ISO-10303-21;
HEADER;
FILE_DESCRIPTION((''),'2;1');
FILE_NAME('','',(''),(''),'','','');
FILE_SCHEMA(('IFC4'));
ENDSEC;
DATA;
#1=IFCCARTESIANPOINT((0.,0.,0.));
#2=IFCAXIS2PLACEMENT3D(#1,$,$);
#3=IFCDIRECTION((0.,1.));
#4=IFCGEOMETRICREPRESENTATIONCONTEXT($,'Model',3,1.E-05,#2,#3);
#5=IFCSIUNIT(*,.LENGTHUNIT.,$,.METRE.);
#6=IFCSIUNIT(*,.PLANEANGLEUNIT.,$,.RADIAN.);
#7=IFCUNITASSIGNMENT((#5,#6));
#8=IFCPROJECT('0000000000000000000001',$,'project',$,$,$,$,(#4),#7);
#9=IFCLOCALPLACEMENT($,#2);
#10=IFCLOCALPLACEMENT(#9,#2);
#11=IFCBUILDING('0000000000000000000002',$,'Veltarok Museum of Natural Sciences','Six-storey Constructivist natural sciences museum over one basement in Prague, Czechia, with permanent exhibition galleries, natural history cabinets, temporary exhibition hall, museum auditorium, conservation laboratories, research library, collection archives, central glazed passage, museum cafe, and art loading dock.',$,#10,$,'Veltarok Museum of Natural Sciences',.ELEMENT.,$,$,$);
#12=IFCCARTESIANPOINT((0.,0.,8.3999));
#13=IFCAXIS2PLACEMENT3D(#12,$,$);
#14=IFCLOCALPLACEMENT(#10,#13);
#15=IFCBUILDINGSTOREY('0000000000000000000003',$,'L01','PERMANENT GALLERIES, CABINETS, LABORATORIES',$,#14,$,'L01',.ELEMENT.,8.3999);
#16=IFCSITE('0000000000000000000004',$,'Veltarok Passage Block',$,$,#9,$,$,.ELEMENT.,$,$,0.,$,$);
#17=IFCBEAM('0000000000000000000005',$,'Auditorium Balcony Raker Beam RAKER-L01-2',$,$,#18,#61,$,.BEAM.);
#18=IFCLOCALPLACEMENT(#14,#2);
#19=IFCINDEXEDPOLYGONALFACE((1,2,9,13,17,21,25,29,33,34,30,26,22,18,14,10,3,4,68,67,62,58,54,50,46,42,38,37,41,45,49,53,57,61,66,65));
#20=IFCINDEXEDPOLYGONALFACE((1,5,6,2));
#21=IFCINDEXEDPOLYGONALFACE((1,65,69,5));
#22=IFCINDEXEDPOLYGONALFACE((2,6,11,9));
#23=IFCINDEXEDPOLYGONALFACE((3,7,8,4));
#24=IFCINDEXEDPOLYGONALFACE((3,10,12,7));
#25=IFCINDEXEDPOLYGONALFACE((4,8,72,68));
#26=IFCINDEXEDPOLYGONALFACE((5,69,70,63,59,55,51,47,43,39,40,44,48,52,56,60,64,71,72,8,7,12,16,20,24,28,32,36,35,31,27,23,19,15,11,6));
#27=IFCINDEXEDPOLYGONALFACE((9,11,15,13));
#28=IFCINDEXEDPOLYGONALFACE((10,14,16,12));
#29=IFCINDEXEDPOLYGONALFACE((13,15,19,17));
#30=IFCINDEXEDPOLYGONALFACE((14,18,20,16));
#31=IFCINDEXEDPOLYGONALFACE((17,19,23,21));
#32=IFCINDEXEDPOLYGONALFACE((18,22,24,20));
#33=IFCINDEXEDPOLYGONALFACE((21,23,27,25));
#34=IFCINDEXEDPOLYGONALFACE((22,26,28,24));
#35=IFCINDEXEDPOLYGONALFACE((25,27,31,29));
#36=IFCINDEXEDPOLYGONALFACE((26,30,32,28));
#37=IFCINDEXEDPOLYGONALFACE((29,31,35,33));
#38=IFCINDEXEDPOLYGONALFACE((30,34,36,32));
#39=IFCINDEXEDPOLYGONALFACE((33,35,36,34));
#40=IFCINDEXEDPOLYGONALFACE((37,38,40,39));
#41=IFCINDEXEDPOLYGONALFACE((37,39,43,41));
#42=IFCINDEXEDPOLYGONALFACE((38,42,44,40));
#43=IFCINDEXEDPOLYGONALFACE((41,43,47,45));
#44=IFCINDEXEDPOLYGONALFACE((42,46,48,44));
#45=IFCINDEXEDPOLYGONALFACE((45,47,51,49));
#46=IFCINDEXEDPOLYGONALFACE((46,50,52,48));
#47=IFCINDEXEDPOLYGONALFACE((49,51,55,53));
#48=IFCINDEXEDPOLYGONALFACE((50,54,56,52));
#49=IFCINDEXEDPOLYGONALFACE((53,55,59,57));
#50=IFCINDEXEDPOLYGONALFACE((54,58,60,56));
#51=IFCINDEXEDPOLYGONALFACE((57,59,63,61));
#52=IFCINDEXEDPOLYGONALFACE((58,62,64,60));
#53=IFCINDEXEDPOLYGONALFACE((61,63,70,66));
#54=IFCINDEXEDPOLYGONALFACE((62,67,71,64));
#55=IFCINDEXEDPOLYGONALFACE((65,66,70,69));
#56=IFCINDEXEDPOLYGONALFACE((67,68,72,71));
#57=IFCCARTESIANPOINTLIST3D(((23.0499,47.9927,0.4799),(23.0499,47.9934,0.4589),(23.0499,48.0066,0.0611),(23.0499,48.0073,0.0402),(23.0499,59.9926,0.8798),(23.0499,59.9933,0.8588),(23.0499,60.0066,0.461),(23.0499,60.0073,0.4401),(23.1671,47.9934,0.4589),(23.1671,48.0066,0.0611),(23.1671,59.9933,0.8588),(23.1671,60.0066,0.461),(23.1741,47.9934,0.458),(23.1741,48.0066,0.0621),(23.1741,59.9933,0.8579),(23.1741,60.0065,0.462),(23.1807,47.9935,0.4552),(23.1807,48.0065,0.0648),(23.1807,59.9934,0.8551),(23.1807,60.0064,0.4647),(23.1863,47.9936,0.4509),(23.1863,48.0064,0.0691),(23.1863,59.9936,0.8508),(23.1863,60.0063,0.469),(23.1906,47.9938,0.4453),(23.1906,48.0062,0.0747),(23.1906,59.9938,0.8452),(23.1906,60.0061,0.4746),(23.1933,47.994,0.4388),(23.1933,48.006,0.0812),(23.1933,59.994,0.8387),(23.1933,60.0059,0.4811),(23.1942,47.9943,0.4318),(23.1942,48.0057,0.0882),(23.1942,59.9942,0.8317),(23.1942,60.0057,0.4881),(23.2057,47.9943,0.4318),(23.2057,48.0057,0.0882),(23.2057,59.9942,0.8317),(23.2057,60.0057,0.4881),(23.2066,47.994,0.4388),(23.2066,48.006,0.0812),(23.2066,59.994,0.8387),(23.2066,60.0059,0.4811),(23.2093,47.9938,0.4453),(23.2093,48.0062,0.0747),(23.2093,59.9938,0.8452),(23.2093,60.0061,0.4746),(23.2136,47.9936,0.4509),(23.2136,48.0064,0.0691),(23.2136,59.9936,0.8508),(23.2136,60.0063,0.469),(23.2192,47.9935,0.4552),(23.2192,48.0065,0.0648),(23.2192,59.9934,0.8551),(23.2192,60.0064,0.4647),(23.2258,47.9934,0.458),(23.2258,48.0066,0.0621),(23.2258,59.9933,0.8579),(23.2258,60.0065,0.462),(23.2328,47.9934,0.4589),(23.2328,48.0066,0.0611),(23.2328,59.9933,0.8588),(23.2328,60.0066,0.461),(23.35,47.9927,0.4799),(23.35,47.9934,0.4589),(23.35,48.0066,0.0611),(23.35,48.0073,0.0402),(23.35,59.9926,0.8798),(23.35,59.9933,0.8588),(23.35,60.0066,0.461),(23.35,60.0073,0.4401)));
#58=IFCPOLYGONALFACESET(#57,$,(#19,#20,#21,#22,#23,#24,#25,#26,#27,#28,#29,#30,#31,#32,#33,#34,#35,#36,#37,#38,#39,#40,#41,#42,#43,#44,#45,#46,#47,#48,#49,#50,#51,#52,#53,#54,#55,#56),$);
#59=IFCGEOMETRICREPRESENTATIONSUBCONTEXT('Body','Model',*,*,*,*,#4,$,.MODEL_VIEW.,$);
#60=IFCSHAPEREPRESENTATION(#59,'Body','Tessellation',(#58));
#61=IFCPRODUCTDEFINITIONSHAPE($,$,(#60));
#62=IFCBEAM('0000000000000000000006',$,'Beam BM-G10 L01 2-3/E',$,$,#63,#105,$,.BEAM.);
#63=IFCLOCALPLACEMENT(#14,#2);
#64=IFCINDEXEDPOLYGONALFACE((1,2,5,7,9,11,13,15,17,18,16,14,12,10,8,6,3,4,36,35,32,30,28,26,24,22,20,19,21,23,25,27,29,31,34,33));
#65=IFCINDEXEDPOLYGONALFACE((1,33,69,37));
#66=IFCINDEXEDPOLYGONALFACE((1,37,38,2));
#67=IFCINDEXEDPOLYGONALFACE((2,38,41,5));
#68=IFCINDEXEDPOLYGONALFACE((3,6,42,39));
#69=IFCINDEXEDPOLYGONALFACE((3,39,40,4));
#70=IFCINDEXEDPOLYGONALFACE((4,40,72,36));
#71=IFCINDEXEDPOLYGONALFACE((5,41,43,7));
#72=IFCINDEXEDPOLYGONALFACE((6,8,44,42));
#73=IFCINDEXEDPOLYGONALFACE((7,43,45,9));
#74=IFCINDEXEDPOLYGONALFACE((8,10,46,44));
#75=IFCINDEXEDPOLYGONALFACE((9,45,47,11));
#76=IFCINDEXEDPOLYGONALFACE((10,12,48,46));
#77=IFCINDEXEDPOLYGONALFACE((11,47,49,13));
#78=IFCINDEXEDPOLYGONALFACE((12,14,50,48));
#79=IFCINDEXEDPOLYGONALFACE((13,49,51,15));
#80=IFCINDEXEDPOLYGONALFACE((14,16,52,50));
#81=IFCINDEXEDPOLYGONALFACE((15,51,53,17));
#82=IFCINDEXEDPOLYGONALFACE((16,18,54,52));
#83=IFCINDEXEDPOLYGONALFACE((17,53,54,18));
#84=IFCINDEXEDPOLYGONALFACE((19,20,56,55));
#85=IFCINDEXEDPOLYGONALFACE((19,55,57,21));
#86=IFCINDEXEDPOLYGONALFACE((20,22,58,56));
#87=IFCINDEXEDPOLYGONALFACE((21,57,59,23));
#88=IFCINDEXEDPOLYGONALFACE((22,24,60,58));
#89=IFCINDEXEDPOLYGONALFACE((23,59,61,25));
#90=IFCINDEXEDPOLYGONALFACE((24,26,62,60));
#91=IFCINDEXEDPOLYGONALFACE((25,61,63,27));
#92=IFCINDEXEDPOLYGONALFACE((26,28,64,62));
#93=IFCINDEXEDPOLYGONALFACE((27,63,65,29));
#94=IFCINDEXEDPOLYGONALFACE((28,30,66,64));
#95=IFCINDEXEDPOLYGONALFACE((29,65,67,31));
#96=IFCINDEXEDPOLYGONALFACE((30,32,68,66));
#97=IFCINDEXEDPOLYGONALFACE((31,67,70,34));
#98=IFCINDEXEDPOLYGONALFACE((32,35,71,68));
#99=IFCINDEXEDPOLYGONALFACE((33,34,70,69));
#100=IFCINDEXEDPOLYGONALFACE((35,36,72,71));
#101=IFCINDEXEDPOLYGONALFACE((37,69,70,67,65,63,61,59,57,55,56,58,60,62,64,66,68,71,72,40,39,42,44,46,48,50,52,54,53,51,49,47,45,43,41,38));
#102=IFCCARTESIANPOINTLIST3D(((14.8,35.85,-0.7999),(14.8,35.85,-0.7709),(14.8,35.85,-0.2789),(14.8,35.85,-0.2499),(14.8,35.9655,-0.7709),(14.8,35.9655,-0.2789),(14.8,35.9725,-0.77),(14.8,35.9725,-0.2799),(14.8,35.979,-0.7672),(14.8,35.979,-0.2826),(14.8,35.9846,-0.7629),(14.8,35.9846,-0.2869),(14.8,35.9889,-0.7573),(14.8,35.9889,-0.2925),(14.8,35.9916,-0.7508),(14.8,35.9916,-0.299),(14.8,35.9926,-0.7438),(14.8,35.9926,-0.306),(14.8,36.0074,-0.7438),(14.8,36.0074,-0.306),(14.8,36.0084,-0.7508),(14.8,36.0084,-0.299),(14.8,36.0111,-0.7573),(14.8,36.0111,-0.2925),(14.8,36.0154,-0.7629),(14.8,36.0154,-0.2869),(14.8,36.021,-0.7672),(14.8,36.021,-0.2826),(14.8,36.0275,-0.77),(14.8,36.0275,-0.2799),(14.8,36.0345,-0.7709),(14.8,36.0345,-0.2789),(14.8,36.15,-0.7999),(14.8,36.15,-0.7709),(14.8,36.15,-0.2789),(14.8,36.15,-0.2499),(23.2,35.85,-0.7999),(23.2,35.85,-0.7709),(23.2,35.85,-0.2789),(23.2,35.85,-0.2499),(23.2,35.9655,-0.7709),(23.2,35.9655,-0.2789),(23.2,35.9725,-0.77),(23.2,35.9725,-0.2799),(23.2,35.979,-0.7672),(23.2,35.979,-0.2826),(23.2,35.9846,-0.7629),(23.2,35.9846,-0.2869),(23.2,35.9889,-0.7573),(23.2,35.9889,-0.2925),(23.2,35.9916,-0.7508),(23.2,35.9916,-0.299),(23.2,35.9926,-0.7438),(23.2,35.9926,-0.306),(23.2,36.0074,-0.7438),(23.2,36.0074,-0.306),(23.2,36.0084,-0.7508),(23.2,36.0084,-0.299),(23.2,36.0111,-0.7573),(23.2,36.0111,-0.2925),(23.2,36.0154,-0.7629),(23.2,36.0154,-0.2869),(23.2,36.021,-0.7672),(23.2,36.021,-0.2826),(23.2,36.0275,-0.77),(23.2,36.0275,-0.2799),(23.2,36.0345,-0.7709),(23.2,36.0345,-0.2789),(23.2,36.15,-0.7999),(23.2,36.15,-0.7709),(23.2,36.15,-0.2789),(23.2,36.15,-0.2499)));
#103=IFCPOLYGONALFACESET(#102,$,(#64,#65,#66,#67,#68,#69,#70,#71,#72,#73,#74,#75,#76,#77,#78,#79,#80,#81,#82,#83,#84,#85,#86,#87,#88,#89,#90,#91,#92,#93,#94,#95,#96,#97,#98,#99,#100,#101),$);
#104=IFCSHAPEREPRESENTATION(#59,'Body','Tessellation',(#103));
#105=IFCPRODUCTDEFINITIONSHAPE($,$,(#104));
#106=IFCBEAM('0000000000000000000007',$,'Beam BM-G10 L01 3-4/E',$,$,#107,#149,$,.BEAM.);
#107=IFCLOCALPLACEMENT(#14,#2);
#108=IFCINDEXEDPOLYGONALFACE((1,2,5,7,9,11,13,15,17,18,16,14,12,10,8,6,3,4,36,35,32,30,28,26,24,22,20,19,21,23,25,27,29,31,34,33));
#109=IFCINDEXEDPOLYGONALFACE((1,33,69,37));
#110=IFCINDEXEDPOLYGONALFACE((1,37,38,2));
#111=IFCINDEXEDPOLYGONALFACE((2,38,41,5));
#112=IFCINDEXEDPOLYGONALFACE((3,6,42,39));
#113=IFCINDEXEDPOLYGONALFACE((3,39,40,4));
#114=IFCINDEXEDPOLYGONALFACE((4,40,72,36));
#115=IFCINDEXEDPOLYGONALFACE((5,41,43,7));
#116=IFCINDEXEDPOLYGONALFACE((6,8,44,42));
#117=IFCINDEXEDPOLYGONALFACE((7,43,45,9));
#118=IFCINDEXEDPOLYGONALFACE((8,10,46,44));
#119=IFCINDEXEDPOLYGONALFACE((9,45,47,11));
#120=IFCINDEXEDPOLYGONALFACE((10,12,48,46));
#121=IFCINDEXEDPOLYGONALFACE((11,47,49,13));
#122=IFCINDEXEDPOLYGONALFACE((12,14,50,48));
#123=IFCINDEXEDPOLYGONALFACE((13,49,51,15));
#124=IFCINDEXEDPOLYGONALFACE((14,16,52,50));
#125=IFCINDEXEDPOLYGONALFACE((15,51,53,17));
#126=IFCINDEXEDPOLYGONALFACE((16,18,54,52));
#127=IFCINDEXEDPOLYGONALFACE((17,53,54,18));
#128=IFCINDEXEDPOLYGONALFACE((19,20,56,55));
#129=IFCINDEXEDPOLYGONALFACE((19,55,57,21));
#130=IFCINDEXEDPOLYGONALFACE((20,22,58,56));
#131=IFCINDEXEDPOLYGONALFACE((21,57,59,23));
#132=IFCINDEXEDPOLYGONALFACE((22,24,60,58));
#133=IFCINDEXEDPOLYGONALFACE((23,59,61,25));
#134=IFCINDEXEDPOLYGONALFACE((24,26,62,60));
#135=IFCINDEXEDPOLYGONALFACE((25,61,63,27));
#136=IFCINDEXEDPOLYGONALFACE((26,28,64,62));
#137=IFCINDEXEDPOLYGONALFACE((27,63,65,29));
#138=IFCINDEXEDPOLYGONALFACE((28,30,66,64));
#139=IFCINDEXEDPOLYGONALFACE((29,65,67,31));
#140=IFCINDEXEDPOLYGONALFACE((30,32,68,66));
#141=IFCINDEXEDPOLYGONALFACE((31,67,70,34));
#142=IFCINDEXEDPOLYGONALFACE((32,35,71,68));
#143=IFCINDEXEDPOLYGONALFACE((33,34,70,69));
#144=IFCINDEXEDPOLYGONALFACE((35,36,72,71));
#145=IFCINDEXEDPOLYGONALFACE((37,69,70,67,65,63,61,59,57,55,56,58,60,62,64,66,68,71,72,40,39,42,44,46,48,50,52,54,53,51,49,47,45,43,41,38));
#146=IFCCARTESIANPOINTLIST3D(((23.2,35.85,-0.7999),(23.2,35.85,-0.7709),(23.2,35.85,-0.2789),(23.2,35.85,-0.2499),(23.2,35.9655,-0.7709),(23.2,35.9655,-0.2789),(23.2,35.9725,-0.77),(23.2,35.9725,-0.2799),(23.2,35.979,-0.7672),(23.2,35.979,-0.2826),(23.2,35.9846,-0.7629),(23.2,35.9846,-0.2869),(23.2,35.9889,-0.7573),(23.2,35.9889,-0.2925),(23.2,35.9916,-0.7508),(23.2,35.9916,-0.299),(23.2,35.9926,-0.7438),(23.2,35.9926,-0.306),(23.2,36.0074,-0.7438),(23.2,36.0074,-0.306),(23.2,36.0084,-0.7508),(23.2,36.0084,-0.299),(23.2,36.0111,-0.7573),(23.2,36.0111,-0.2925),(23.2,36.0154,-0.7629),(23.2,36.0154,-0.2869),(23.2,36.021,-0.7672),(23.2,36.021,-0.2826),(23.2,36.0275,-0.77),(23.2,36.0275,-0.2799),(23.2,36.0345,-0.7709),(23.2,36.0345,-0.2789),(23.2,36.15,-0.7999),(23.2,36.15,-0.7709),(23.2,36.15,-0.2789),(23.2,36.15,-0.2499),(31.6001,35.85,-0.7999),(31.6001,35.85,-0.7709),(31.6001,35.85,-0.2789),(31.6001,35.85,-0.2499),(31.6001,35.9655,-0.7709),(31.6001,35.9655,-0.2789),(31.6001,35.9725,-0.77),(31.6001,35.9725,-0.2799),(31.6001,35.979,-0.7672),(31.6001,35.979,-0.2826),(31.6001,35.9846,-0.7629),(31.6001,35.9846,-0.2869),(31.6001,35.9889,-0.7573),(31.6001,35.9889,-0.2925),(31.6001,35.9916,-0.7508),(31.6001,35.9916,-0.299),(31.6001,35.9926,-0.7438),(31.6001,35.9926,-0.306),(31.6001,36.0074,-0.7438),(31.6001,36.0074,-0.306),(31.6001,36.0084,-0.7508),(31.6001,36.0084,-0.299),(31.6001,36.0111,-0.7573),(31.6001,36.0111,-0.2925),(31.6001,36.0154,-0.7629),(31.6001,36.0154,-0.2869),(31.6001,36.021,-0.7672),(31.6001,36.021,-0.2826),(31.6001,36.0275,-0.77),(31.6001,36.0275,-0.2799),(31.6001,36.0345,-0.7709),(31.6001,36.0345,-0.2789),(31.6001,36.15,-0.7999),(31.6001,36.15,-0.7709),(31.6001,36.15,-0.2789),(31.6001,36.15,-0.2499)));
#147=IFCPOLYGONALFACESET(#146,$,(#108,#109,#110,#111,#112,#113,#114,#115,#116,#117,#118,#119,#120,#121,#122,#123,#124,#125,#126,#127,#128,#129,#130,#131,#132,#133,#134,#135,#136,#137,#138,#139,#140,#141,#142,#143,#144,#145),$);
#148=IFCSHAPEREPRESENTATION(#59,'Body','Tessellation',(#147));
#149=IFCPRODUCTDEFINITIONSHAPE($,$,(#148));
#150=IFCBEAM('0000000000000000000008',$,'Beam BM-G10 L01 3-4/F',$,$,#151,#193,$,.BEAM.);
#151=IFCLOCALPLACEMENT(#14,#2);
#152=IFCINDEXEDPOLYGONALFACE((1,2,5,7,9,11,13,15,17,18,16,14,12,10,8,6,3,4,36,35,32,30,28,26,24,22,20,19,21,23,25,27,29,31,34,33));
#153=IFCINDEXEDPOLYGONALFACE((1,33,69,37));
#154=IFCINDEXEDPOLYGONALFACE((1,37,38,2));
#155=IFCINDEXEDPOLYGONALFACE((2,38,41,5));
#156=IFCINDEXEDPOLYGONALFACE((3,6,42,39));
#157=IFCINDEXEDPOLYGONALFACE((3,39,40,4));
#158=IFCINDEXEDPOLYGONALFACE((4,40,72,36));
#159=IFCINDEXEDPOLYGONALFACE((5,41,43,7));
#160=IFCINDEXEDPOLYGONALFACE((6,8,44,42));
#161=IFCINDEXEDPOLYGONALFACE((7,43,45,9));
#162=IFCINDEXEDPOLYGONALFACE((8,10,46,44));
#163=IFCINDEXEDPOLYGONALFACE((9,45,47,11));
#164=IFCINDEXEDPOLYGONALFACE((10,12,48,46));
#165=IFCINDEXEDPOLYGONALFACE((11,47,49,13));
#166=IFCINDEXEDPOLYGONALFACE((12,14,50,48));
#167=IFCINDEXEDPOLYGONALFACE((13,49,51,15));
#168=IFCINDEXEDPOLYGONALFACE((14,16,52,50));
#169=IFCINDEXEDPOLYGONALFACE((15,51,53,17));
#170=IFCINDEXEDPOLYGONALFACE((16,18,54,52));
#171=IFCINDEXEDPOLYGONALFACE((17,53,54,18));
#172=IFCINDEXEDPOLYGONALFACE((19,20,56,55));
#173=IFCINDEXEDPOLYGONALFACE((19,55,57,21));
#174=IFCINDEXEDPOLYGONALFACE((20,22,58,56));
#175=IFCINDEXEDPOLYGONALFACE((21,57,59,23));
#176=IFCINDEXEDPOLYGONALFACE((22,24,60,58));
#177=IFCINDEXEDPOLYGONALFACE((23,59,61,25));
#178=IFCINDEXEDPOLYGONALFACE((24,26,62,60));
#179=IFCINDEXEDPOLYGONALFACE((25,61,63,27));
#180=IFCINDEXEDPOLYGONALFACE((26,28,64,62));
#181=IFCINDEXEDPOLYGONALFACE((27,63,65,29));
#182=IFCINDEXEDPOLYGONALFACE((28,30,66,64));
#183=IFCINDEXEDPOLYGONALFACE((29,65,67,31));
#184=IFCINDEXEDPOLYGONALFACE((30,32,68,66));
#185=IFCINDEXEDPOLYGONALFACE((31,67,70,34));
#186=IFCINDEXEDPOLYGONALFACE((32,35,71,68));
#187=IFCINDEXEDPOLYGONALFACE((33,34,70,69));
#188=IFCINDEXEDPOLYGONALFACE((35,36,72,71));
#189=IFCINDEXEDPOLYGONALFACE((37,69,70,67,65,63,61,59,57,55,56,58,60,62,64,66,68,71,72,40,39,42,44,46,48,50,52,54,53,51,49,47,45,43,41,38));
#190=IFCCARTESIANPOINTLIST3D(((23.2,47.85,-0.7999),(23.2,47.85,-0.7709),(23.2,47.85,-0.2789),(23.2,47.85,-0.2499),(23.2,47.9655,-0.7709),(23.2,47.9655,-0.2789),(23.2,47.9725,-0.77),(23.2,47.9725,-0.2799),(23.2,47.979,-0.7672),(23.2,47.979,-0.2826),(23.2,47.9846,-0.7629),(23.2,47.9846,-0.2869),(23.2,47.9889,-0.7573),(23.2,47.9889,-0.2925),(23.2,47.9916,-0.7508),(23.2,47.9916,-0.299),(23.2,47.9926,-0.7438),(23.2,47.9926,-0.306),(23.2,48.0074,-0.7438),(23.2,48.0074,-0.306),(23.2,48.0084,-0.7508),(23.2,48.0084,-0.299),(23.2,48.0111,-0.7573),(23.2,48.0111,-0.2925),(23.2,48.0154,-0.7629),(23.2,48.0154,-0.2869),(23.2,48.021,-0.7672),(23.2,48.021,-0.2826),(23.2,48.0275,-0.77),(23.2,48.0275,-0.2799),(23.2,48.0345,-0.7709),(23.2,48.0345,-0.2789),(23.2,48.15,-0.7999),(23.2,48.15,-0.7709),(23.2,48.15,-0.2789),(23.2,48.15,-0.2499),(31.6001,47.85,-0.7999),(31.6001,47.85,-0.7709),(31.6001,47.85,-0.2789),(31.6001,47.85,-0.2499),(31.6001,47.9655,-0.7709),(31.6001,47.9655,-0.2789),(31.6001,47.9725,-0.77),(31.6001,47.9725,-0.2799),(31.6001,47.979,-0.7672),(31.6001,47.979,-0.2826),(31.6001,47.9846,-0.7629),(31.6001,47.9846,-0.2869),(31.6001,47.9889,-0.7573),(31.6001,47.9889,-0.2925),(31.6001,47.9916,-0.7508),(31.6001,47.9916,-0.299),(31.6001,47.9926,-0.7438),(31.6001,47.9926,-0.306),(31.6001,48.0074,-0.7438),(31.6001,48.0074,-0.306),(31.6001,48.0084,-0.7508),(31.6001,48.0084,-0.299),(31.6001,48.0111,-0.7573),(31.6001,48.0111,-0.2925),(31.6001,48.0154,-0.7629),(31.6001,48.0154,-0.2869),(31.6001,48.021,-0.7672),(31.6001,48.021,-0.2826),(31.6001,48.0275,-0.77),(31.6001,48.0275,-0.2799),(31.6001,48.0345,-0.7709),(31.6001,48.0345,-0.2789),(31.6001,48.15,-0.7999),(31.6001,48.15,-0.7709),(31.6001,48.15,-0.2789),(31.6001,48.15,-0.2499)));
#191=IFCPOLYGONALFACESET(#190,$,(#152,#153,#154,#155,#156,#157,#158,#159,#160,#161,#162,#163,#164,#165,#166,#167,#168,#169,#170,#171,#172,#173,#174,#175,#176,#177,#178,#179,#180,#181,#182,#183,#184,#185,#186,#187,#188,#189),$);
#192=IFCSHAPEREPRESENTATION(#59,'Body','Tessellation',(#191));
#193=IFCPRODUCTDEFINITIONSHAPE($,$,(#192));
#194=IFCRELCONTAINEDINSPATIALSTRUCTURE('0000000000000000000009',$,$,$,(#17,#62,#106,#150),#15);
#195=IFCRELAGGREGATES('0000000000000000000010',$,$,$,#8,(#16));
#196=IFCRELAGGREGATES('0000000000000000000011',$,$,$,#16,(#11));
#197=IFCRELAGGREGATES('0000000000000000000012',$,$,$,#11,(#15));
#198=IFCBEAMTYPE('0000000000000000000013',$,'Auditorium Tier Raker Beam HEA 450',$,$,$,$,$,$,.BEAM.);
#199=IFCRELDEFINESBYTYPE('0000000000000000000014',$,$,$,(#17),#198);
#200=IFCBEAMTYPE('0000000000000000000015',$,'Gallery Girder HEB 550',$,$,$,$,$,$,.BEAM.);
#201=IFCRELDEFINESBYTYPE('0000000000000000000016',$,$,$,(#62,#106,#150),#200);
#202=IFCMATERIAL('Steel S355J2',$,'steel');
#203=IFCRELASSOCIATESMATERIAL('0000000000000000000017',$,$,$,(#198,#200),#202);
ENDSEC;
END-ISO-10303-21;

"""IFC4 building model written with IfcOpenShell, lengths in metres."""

from ifc_helpers import new_model, si_unit, direction, frame, origin, origin_2d, place, context, subcontext, project, spatial, i_section, extrude, material, material_profile, profile_set, type_object, element, save


model = new_model("IFC4")

# Units and contexts
model_context = context("Model", 3, precision=1e-05, world=origin(), true_north=direction((0.0, 1.0)))
body_context = subcontext(model_context, "Body", "Model", "MODEL_VIEW")
ifc_project = project(units=[si_unit("LENGTHUNIT", "METRE"), si_unit("PLANEANGLEUNIT", "RADIAN")], contexts=[model_context])

# Site, building, storey
site_placement = place(None, origin())
site = spatial("IfcSite", under=ifc_project, at=site_placement, Name="Veltarok Passage Block", CompositionType="ELEMENT", RefElevation=0.0)
building_placement = place(site_placement, origin())
building = spatial("IfcBuilding", under=site, at=building_placement, Name="Veltarok Museum of Natural Sciences", Description="Six-storey Constructivist natural sciences museum over one basement in Prague, Czechia, with permanent exhibition galleries, natural history cabinets, temporary exhibition hall, museum auditorium, conservation laboratories, research library, collection archives, central glazed passage, museum cafe, and art loading dock.", LongName="Veltarok Museum of Natural Sciences", CompositionType="ELEMENT")
storey_placement = place(building_placement, frame((0.0, 0.0, 8.3999)))
storey = spatial("IfcBuildingStorey", under=building, at=storey_placement, Name="L01", Description="PERMANENT GALLERIES, CABINETS, LABORATORIES", LongName="L01", CompositionType="ELEMENT", Elevation=8.3999)

# Shared definitions
ifc_material_1 = material(Name="Steel S355J2", Category="steel")

# Beams
ifc_material_profile_1 = material_profile(ifc_material_1, i_section(OverallWidth=0.3, OverallDepth=0.4399, WebThickness=0.0115, FlangeThickness=0.021, FilletRadius=0.0271, at=origin_2d()), Name="HEA 450")
ifc_profile_set_1 = profile_set([ifc_material_profile_1], Name="Steel S355J2")
beam_type_1 = type_object("IfcBeamType", Name="Auditorium Tier Raker Beam HEA 450", PredefinedType="BEAM", material=ifc_profile_set_1)
for number, where, z_axis, x_axis, name in (
    (1, (23.2, 48.0, 0.26), (0.0, 0.999445, 0.033307), (-1.0, 0.0, 0.0), "Auditorium Balcony Raker Beam RAKER-L01-2"),
):
    element("IfcBeam", number, at=place(storey_placement, frame(where, z_axis=z_axis, x_axis=x_axis)), inside=storey, type_object=beam_type_1, Name=name, PredefinedType="BEAM", context=body_context, shape_type="SweptSolid", body=[
        extrude(i_section(OverallWidth=0.3, OverallDepth=0.4399, WebThickness=0.0115, FlangeThickness=0.021, FilletRadius=0.0271, at=origin_2d()), origin(), (0.0, 0.0, 1.0), 12.0066),
    ])
ifc_material_profile_2 = material_profile(ifc_material_1, i_section(OverallWidth=0.3, OverallDepth=0.55, WebThickness=0.0149, FlangeThickness=0.0291, FilletRadius=0.0271, at=origin_2d()), Name="HEB 550")
ifc_profile_set_2 = profile_set([ifc_material_profile_2], Name="Steel S355J2")
beam_type_2 = type_object("IfcBeamType", Name="Gallery Girder HEB 550", PredefinedType="BEAM", material=ifc_profile_set_2)
beam_1_placement = place(storey_placement, frame((14.8, 36.0, -0.5249), z_axis=(1.0, 0.0, 0.0), x_axis=(0.0, 1.0, 0.0)))
element("IfcBeam", 2, at=beam_1_placement, inside=storey, type_object=beam_type_2, Name="Beam BM-G10 L01 2-3/E", PredefinedType="BEAM", context=body_context, shape_type="SweptSolid", body=[
    extrude(i_section(OverallWidth=0.3, OverallDepth=0.55, WebThickness=0.0149, FlangeThickness=0.0291, FilletRadius=0.0271, at=origin_2d()), origin(), (0.0, 0.0, 1.0), 8.3999),
])
for number, where, z_axis, x_axis, name in (
    (3, (23.2, 36.0, -0.5249), (1.0, 0.0, 0.0), (0.0, 1.0, 0.0), "Beam BM-G10 L01 3-4/E"),
    (4, (23.2, 48.0, -0.5249), (1.0, 0.0, 0.0), (0.0, 1.0, 0.0), "Beam BM-G10 L01 3-4/F"),
):
    element("IfcBeam", number, at=place(storey_placement, frame(where, z_axis=z_axis, x_axis=x_axis)), inside=storey, type_object=beam_type_2, Name=name, PredefinedType="BEAM", context=body_context, shape_type="SweptSolid", body=[
        extrude(i_section(OverallWidth=0.3, OverallDepth=0.55, WebThickness=0.0149, FlangeThickness=0.0291, FilletRadius=0.0271, at=origin_2d()), origin(), (0.0, 0.0, 1.0), 8.4001),
    ])

save(model, "model.ifc")
